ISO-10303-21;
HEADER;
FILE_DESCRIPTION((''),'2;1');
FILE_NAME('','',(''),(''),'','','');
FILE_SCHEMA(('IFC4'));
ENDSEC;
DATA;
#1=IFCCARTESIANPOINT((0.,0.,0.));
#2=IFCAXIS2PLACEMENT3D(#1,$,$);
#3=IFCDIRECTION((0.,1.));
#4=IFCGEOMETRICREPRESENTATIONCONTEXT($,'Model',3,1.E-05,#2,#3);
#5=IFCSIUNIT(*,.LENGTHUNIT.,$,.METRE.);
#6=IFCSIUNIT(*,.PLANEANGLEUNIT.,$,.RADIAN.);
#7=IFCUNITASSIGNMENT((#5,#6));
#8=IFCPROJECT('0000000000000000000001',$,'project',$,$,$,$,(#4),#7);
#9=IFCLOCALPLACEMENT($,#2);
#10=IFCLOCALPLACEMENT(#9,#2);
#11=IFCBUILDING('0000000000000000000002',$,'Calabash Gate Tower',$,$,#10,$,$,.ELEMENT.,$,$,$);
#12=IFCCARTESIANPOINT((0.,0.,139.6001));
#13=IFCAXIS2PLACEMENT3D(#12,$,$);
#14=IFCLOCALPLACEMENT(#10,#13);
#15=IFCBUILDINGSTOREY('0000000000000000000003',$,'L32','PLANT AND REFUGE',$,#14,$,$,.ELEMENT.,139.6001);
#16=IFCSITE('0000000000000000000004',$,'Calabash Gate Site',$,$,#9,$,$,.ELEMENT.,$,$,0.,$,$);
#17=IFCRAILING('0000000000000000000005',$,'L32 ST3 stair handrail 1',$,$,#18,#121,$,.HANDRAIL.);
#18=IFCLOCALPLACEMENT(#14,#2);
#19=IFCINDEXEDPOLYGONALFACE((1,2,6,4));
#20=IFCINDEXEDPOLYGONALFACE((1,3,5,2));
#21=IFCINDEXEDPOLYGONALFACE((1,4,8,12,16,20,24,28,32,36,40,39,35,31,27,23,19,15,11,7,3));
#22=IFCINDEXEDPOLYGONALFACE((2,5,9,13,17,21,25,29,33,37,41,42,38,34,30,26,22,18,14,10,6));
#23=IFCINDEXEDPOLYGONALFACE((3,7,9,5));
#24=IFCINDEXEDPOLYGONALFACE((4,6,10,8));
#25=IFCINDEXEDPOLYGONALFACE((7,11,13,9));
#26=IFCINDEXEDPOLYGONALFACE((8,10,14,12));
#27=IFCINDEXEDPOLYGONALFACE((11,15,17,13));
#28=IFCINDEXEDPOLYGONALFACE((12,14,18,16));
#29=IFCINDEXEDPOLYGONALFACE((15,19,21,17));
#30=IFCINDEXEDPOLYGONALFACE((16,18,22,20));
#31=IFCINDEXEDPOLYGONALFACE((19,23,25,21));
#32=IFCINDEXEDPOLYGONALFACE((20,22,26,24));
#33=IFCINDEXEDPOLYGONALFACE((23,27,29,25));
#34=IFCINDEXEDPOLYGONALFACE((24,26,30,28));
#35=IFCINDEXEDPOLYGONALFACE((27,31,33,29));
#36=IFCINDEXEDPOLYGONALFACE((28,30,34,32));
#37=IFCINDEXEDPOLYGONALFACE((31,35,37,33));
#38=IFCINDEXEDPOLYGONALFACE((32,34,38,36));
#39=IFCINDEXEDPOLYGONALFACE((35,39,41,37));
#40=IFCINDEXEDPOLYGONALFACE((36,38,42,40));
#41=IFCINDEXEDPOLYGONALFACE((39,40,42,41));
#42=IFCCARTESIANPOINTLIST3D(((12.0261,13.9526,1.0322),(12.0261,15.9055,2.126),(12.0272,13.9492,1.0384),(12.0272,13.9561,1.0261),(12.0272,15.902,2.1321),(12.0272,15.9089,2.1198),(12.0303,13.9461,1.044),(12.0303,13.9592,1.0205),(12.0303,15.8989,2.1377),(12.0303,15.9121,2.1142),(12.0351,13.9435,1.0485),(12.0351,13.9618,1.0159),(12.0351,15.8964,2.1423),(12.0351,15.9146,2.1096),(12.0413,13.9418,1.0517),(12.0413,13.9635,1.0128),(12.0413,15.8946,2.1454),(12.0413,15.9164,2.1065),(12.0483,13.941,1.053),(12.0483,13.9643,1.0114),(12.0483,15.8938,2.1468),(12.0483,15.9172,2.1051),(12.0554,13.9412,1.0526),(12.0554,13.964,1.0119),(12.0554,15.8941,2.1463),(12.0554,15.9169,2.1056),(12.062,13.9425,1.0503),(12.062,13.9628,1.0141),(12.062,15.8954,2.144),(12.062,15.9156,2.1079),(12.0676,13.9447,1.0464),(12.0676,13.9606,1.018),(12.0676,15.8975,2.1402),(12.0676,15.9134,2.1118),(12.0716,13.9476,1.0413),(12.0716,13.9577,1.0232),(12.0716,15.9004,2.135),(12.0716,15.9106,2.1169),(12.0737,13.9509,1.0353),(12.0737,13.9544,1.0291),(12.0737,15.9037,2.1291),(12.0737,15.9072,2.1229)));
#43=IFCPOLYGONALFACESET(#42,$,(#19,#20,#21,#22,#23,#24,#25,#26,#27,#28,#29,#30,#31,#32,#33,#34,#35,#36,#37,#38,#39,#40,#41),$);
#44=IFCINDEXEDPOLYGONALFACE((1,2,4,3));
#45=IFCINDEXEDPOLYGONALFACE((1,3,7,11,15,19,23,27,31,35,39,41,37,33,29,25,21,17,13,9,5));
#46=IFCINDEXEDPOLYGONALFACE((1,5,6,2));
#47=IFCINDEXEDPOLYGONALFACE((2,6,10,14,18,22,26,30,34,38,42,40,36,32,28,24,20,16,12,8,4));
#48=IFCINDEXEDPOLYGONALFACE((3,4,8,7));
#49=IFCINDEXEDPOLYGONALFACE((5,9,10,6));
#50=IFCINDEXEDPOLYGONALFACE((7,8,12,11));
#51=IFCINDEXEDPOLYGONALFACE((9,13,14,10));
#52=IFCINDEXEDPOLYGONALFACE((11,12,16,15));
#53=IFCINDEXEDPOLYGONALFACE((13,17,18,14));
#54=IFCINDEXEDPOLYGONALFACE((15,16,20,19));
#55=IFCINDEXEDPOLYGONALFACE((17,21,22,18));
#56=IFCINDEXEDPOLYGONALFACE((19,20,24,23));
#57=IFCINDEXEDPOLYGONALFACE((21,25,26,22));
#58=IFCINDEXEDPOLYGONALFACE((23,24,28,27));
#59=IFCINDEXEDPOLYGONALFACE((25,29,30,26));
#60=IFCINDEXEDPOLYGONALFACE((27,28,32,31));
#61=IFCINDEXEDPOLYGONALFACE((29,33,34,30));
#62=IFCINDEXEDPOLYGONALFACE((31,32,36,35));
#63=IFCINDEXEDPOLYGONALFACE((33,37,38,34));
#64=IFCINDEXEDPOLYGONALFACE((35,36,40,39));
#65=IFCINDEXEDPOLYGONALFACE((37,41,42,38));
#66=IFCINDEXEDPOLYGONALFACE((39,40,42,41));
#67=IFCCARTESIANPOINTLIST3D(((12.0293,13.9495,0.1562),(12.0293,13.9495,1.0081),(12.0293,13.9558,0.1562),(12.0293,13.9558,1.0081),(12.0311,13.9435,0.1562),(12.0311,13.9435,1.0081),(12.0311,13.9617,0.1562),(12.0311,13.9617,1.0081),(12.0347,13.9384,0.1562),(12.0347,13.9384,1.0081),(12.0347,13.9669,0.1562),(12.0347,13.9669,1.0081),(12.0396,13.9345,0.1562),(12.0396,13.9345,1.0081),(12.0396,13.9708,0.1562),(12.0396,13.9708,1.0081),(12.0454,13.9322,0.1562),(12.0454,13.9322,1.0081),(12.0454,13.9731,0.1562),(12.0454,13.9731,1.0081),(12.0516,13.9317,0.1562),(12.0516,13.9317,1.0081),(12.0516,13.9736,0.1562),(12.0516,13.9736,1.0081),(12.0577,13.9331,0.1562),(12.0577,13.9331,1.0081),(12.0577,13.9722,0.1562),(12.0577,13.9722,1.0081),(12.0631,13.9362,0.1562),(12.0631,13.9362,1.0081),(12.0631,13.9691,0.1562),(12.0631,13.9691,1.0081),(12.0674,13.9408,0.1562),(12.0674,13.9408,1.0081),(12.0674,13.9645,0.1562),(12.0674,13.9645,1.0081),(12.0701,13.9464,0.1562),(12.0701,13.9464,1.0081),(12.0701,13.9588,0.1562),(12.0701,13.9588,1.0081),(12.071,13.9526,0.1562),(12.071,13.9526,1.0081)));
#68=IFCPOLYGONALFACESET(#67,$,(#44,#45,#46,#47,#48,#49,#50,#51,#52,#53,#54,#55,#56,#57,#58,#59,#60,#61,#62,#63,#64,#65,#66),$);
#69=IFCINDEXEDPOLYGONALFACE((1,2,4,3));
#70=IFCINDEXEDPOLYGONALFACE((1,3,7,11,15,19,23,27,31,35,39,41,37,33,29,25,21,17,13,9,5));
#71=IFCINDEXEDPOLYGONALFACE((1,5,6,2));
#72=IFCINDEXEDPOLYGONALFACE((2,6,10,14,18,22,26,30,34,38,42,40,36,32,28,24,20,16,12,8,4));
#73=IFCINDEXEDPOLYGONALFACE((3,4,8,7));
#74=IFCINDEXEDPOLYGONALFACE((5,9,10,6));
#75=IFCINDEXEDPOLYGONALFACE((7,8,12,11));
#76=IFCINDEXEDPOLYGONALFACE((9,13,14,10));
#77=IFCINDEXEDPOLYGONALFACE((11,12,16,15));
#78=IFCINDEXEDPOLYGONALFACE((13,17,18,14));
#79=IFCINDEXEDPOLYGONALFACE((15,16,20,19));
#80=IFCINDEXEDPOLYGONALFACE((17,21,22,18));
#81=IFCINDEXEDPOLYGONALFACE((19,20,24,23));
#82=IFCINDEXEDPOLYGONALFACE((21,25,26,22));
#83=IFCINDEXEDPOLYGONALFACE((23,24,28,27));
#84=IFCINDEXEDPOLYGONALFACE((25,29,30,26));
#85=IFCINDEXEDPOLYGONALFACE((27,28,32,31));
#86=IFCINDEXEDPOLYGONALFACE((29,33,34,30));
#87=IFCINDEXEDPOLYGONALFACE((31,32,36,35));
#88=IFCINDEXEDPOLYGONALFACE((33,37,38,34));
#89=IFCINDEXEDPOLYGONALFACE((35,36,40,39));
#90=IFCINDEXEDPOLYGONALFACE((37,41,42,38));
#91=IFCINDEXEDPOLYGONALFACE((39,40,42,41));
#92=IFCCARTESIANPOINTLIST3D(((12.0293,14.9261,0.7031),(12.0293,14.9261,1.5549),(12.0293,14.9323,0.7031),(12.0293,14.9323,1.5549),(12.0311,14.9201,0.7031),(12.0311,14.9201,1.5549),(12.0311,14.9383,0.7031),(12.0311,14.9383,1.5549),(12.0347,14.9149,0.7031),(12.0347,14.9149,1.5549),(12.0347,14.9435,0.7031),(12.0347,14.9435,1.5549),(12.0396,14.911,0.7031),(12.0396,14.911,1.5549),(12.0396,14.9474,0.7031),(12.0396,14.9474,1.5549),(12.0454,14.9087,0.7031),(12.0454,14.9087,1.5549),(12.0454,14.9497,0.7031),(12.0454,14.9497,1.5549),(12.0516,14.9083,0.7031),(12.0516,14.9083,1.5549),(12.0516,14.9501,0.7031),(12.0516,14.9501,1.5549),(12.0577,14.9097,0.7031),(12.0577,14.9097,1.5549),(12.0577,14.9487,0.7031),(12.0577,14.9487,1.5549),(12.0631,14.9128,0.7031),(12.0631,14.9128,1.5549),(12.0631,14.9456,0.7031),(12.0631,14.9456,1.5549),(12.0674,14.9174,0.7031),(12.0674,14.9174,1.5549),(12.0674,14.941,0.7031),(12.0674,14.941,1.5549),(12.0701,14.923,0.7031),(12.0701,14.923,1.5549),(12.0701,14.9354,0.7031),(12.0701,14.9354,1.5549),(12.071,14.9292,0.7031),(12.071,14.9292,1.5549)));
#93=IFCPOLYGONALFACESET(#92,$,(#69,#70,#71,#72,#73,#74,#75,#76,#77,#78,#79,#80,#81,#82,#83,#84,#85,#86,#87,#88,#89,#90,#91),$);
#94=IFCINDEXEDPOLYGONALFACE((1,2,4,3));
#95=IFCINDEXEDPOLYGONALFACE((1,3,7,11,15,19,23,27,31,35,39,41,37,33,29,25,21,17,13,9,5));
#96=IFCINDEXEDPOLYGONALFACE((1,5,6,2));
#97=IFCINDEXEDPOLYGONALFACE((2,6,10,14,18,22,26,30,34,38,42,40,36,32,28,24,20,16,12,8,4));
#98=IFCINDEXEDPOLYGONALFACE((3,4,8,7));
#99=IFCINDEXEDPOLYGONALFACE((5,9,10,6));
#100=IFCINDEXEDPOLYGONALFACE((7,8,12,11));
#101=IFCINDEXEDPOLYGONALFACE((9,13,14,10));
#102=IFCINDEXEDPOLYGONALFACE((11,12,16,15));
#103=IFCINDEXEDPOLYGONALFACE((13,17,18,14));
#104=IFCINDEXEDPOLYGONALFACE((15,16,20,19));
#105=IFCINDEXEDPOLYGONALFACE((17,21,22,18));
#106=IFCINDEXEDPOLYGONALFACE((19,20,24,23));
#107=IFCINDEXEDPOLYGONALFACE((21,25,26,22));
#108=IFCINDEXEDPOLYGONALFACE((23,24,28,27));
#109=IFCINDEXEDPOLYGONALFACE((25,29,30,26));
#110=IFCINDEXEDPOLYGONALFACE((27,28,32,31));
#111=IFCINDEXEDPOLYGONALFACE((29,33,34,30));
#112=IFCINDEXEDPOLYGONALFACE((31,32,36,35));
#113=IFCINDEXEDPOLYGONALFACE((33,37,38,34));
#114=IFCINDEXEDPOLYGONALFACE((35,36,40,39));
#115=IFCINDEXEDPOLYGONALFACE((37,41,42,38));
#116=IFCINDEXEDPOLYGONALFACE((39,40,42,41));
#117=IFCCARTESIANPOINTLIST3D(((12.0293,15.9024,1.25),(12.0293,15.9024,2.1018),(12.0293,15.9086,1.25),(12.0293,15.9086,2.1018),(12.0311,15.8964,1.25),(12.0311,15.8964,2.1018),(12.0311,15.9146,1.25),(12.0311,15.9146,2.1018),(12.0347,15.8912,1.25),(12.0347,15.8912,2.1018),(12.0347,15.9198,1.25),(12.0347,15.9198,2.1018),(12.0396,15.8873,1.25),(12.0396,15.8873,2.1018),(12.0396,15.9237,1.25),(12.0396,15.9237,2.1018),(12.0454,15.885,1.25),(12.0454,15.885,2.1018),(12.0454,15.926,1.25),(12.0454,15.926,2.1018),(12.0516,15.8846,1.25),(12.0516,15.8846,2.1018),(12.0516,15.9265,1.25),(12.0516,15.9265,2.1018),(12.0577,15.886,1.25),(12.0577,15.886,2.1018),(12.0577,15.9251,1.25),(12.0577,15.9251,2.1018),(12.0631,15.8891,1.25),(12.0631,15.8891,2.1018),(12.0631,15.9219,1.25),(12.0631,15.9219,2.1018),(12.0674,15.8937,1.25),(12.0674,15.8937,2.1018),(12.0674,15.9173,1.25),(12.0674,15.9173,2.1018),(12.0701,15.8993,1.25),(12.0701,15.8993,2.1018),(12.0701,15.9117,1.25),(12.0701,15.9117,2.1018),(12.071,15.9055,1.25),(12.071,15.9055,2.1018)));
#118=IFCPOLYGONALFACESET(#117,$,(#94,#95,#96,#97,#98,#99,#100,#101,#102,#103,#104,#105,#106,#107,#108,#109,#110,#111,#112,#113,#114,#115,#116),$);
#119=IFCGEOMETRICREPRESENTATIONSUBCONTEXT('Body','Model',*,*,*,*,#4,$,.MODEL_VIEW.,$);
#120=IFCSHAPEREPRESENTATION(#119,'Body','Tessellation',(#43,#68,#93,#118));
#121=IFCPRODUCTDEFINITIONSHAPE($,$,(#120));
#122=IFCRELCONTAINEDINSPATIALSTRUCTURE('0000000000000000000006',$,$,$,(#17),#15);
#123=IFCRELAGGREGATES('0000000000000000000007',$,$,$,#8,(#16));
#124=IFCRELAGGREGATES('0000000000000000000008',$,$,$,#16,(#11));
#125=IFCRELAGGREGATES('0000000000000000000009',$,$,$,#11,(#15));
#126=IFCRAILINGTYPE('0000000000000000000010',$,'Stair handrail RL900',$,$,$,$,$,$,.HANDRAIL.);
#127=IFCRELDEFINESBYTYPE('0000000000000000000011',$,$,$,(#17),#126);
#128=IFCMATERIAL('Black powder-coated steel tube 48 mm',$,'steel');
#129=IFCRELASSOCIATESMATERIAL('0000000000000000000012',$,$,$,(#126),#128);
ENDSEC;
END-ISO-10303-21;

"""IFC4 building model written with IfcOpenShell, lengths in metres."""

from ifc_helpers import new_model, si_unit, direction, frame, origin, origin_2d, place, context, subcontext, project, spatial, circle, extrude, material, type_object, element, save


model = new_model("IFC4")

# Units and contexts
model_context = context("Model", 3, precision=1e-05, world=origin(), true_north=direction((0.0, 1.0)))
body_context = subcontext(model_context, "Body", "Model", "MODEL_VIEW")
ifc_project = project(units=[si_unit("LENGTHUNIT", "METRE"), si_unit("PLANEANGLEUNIT", "RADIAN")], contexts=[model_context])

# Site, building, storey
site_placement = place(None, origin())
site = spatial("IfcSite", under=ifc_project, at=site_placement, Name="Calabash Gate Site", CompositionType="ELEMENT", RefElevation=0.0)
building_placement = place(site_placement, origin())
building = spatial("IfcBuilding", under=site, at=building_placement, Name="Calabash Gate Tower", CompositionType="ELEMENT")
storey_placement = place(building_placement, frame((0.0, 0.0, 139.6001)))
storey = spatial("IfcBuildingStorey", under=building, at=storey_placement, Name="L32", Description="PLANT AND REFUGE", CompositionType="ELEMENT", Elevation=139.6001)

# Railing
ifc_material_1 = material(Name="Black powder-coated steel tube 48 mm", Category="steel")
railing_type_1 = type_object("IfcRailingType", Name="Stair handrail RL900", PredefinedType="HANDRAIL", material=ifc_material_1)
railing_1_placement = place(storey_placement, frame((12.05, 13.9526, 0.1562)))
element("IfcRailing", 1, at=railing_1_placement, inside=storey, type_object=railing_type_1, Name="L32 ST3 stair handrail 1", PredefinedType="HANDRAIL", context=body_context, shape_type="SweptSolid", body=[
    extrude(circle(Radius=0.0239, at=origin_2d()), frame((0.0, 0.0, 0.876), z_axis=(0.0, 0.87248, 0.48865), x_axis=(-1.0, 0.0, 0.0)), (0.0, 0.0, 1.0), 2.2383),
    extrude(circle(Radius=0.021, at=origin_2d()), origin(), (0.0, 0.0, 1.0), 0.8518),
    extrude(circle(Radius=0.021, at=origin_2d()), frame((0.0, 0.9766, 0.5469)), (0.0, 0.0, 1.0), 0.8518),
    extrude(circle(Radius=0.021, at=origin_2d()), frame((0.0, 1.9529, 1.0938)), (0.0, 0.0, 1.0), 0.8518),
])

save(model, "model.ifc")
